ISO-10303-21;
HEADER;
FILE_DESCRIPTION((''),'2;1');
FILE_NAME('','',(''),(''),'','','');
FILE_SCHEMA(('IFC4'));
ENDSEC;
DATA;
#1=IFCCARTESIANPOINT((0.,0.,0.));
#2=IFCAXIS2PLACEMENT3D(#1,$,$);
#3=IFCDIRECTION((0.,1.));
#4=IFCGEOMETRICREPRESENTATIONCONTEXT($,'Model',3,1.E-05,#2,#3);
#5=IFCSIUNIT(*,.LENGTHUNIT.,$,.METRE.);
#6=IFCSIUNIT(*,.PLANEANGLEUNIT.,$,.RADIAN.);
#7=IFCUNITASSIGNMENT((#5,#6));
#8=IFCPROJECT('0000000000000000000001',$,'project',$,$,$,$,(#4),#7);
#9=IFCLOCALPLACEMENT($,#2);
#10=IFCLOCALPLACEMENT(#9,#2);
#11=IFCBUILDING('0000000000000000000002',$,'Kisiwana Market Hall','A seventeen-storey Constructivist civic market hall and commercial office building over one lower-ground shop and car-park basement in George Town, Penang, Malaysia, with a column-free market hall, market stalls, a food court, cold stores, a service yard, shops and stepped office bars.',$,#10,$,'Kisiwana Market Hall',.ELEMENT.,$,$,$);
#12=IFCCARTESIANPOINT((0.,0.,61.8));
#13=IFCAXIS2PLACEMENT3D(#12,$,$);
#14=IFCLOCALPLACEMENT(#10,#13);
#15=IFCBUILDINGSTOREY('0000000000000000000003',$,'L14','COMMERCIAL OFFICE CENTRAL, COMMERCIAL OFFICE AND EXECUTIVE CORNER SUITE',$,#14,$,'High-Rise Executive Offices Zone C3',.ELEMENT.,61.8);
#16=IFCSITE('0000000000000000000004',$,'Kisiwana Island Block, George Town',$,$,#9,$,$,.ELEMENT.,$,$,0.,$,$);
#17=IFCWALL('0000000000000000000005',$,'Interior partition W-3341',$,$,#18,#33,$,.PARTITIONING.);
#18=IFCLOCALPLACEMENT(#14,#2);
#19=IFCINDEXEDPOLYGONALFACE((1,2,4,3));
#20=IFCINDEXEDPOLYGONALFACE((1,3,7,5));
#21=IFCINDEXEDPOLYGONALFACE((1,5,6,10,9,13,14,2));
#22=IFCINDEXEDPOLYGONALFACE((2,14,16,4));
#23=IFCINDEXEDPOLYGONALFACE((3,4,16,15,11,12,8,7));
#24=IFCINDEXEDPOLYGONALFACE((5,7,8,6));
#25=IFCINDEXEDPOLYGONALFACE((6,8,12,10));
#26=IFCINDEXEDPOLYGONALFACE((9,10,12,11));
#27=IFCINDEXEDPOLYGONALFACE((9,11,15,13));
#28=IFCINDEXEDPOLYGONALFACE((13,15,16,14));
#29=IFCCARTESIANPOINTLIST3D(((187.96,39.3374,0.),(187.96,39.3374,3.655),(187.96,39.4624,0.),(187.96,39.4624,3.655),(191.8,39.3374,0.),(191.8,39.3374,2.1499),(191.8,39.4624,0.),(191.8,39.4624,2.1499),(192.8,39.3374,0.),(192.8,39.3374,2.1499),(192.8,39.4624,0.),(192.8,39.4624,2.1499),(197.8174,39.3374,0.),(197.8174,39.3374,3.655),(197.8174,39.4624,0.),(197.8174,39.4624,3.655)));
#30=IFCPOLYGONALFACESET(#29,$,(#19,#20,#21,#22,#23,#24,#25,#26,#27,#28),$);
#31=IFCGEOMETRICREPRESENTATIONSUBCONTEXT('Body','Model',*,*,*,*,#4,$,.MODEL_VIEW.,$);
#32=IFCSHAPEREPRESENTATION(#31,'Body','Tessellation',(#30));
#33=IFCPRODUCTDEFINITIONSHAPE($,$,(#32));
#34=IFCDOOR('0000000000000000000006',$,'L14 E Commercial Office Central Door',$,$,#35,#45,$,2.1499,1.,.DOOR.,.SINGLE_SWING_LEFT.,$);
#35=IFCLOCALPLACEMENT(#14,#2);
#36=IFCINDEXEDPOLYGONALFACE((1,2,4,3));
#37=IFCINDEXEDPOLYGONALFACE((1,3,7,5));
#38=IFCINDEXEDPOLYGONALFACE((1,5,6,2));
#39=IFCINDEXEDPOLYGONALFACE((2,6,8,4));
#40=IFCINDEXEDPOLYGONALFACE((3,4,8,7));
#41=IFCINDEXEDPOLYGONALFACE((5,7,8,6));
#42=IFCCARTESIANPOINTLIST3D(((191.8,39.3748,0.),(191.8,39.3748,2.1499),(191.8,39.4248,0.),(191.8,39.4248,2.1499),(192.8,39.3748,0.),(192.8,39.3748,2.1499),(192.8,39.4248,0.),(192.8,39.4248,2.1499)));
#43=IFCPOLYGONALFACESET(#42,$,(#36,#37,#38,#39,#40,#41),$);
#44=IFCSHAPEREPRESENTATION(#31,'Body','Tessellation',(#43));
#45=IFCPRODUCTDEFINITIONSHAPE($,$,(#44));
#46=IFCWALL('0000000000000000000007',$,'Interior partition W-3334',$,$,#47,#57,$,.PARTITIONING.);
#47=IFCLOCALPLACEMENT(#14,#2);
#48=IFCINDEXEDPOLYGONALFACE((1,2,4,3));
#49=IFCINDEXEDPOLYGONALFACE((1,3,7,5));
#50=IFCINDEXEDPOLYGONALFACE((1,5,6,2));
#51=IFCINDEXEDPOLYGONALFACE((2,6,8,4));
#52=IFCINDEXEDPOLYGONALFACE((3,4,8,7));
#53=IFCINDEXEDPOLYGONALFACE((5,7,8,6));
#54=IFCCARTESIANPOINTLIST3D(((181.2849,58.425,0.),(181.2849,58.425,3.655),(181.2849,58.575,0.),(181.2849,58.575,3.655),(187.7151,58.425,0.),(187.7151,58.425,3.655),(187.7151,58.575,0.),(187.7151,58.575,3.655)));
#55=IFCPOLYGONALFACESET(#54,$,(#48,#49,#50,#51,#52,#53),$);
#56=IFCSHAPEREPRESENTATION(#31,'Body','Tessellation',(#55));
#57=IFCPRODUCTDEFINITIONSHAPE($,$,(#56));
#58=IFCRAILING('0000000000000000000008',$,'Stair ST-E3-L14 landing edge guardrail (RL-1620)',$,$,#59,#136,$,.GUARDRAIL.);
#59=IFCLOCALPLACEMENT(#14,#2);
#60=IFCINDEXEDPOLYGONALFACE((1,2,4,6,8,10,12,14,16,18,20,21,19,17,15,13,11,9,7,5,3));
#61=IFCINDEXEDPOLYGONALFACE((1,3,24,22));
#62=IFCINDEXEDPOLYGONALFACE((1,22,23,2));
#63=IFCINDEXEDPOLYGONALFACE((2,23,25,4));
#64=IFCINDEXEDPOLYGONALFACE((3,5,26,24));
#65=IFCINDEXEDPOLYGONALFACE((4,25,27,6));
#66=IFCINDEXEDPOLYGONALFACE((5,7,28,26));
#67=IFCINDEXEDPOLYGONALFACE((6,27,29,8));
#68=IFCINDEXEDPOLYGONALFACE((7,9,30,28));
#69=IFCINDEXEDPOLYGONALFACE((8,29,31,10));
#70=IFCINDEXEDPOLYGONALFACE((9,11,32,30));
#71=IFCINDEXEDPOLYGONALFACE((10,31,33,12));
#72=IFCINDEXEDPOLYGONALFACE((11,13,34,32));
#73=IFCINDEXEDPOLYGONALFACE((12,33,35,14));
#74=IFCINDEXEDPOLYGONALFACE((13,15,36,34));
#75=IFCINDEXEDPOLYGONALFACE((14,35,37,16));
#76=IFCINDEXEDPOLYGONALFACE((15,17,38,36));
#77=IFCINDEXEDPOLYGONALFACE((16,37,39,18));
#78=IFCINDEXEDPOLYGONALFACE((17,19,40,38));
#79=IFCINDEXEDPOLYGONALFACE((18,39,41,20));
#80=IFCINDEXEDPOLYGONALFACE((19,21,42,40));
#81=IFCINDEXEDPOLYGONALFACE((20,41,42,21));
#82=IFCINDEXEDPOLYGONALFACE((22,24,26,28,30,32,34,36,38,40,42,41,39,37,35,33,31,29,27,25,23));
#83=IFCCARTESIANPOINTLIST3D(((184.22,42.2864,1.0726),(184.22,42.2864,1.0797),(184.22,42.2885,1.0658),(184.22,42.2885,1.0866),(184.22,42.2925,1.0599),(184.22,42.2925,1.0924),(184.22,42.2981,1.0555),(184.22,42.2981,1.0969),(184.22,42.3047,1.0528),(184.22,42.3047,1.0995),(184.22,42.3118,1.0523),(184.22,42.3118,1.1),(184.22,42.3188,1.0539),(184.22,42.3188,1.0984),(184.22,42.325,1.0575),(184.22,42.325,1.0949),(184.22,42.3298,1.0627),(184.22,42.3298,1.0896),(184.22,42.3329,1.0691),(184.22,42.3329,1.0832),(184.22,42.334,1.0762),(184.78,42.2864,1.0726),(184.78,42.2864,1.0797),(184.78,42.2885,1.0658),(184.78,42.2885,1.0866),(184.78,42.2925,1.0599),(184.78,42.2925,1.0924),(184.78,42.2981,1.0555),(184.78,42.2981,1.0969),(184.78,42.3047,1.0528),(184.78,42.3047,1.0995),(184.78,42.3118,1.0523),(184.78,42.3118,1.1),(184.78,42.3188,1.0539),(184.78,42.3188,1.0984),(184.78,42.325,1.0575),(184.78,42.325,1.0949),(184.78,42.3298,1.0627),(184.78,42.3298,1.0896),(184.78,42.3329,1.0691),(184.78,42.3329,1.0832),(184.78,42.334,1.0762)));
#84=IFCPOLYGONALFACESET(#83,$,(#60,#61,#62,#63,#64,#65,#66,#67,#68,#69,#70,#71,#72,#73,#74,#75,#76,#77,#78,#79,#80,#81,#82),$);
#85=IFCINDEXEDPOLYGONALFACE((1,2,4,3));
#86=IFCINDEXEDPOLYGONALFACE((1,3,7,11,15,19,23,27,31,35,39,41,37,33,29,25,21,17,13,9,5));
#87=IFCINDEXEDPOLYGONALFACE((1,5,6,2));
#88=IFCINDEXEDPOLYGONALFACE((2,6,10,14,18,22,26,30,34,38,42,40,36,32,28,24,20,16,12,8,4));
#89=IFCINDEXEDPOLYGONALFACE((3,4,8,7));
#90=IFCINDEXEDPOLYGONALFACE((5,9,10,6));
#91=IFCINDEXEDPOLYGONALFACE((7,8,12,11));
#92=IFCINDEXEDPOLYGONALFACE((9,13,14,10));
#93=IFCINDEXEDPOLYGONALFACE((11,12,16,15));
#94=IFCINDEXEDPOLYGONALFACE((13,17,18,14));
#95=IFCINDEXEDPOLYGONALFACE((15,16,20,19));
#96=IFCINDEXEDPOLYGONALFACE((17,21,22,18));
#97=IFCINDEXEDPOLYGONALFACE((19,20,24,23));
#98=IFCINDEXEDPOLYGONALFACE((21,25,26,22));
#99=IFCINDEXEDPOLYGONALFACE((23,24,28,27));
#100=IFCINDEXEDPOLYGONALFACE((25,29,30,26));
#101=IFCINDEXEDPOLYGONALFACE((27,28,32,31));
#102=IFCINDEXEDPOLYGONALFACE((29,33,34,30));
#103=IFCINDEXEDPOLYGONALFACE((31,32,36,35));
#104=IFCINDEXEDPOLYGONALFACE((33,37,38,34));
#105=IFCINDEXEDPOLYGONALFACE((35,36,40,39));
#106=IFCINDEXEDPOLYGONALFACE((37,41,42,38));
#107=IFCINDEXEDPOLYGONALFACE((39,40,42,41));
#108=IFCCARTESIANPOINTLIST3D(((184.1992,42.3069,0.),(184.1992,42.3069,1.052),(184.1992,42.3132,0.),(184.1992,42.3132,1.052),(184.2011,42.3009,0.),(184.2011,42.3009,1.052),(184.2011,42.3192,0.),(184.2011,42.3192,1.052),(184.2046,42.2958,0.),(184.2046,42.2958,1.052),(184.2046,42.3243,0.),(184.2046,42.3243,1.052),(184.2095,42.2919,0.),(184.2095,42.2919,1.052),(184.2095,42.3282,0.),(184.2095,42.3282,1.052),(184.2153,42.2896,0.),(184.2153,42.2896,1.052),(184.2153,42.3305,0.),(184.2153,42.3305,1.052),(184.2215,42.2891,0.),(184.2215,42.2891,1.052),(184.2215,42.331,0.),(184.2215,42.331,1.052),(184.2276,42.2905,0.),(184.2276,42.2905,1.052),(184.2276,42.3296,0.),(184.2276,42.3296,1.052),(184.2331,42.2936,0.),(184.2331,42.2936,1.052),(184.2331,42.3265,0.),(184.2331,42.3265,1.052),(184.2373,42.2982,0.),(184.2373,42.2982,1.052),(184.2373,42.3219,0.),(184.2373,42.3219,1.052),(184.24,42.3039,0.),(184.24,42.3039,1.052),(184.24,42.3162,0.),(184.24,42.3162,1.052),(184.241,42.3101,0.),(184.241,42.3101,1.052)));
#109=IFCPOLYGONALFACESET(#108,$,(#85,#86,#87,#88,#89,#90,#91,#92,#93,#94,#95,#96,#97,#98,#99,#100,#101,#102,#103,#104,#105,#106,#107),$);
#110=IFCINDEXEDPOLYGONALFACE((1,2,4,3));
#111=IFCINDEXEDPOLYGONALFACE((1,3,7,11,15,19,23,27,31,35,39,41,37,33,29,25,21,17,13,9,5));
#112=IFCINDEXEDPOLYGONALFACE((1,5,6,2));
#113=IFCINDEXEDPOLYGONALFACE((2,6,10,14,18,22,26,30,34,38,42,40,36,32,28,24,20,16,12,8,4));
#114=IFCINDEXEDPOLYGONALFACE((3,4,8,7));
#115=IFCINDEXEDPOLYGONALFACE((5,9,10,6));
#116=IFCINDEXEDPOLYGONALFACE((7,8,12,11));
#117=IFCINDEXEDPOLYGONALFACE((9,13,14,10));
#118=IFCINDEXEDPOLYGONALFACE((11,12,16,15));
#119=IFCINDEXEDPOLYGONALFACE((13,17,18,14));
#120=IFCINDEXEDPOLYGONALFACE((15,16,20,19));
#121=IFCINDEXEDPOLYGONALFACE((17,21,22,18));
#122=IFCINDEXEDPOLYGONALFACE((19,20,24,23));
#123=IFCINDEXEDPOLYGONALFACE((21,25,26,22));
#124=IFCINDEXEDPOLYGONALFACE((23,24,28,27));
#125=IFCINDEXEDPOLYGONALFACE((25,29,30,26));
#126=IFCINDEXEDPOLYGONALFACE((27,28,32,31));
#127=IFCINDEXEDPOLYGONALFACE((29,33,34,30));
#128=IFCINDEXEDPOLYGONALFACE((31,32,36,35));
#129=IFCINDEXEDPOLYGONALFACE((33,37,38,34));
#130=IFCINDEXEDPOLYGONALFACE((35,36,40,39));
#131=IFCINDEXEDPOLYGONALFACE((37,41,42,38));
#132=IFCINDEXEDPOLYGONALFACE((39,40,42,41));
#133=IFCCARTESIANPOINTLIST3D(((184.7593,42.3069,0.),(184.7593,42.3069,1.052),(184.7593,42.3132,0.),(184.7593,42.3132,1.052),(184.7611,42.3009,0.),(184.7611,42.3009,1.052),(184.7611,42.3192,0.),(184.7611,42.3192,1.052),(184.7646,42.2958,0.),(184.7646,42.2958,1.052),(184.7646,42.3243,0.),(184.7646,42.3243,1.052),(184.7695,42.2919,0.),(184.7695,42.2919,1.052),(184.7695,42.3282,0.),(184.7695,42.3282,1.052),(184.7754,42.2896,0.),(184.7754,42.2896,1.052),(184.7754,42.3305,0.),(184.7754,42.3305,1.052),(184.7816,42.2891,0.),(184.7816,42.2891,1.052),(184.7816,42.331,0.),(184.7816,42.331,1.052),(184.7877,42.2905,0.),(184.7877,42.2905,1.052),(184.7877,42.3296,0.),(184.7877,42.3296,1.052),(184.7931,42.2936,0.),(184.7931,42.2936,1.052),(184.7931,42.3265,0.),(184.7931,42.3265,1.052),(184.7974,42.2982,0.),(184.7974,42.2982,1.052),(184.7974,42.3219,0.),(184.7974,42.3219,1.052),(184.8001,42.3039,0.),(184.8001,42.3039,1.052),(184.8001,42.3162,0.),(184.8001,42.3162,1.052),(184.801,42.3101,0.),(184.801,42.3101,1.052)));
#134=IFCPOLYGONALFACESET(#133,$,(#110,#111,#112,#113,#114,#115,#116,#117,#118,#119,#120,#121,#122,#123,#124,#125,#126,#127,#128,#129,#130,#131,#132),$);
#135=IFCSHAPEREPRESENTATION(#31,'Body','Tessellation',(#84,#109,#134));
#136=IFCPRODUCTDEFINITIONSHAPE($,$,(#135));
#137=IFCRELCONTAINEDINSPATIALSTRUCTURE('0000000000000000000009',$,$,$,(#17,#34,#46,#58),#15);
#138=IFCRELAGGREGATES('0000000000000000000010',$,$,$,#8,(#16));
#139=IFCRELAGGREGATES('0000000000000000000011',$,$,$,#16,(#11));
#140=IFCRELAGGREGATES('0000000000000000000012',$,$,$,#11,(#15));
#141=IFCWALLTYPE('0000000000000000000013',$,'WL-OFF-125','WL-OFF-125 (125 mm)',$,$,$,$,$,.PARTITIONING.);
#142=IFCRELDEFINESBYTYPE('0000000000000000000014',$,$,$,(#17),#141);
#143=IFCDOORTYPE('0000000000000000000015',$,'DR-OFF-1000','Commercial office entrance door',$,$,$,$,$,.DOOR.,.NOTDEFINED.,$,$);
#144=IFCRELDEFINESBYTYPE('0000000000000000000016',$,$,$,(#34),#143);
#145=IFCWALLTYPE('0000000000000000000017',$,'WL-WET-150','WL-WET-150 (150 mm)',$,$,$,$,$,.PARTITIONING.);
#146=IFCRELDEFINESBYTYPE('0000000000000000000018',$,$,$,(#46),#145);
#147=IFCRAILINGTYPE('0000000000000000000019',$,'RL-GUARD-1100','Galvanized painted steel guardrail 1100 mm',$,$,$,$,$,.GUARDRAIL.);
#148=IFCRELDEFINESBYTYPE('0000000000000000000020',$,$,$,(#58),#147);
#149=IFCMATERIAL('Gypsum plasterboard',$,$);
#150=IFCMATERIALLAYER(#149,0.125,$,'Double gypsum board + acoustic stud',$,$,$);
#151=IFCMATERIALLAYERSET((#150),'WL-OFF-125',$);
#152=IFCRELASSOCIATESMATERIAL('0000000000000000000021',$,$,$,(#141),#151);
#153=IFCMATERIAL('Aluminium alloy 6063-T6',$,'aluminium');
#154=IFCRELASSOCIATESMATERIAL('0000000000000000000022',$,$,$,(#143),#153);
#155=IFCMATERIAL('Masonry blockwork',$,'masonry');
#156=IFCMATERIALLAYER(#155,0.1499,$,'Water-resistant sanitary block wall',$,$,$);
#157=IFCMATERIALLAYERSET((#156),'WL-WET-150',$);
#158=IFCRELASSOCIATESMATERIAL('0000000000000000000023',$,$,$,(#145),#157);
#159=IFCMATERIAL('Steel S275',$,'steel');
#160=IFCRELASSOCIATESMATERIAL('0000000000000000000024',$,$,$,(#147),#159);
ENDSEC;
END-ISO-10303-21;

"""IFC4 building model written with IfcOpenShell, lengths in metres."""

from ifc_helpers import new_model, si_unit, direction, frame, frame_2d, origin, origin_2d, place, context, subcontext, project, spatial, rectangle, circle, extrude, material, layer, layer_set, type_object, element, fill, save


model = new_model("IFC4")

# Units and contexts
model_context = context("Model", 3, precision=1e-05, world=origin(), true_north=direction((0.0, 1.0)))
body_context = subcontext(model_context, "Body", "Model", "MODEL_VIEW")
ifc_project = project(units=[si_unit("LENGTHUNIT", "METRE"), si_unit("PLANEANGLEUNIT", "RADIAN")], contexts=[model_context])

# Site, building, storey
site_placement = place(None, origin())
site = spatial("IfcSite", under=ifc_project, at=site_placement, Name="Kisiwana Island Block, George Town", CompositionType="ELEMENT", RefElevation=0.0)
building_placement = place(site_placement, origin())
building = spatial("IfcBuilding", under=site, at=building_placement, Name="Kisiwana Market Hall", Description="A seventeen-storey Constructivist civic market hall and commercial office building over one lower-ground shop and car-park basement in George Town, Penang, Malaysia, with a column-free market hall, market stalls, a food court, cold stores, a service yard, shops and stepped office bars.", LongName="Kisiwana Market Hall", CompositionType="ELEMENT")
storey_placement = place(building_placement, frame((0.0, 0.0, 61.8)))
storey = spatial("IfcBuildingStorey", under=building, at=storey_placement, Name="L14", Description="COMMERCIAL OFFICE CENTRAL, COMMERCIAL OFFICE AND EXECUTIVE CORNER SUITE", LongName="High-Rise Executive Offices Zone C3", CompositionType="ELEMENT", Elevation=61.8)

# Wall, opening, door
ifc_material_1 = material(Name="Gypsum plasterboard")
ifc_layer_1 = layer(ifc_material_1, 0.125, Name="Double gypsum board + acoustic stud")
ifc_layer_set_1 = layer_set([ifc_layer_1], Name="WL-OFF-125")
wall_type_1 = type_object("IfcWallType", Name="WL-OFF-125", Description="WL-OFF-125 (125 mm)", PredefinedType="PARTITIONING", material=ifc_layer_set_1)
ifc_material_2 = material(Name="Aluminium alloy 6063-T6", Category="aluminium")
door_type_1 = type_object("IfcDoorType", Name="DR-OFF-1000", Description="Commercial office entrance door", OperationType="NOTDEFINED", PredefinedType="DOOR", material=ifc_material_2)
wall_1_placement = place(storey_placement, frame((187.96, 39.3999, 0.0), z_axis=(0.0, 0.0, 1.0), x_axis=(1.0, 0.0, 0.0)))
wall_1 = element("IfcWall", 1, at=wall_1_placement, inside=storey, type_object=wall_type_1, Name="Interior partition W-3341", PredefinedType="PARTITIONING", context=body_context, shape_type="SweptSolid", body=[
    extrude(rectangle(XDim=9.8574, YDim=0.125, at=frame_2d((4.9287, 0.0))), origin(), (0.0, 0.0, 1.0), 3.655),
])
opening_1_placement = place(wall_1_placement, frame((3.8401, 0.0, 0.0)))
opening_1 = element("IfcOpeningElement", 2, at=opening_1_placement, cuts=wall_1, PredefinedType="OPENING", context=body_context, shape_type="SweptSolid", body=[
    extrude(rectangle(XDim=1.0, YDim=2.1499, at=frame_2d((0.5, 1.075))), frame((0.0, 0.0745, 0.0), z_axis=(0.0, -1.0, 0.0), x_axis=(1.0, 0.0, 0.0)), (0.0, 0.0, 1.0), 0.1489),
])
door_1_placement = place(opening_1_placement, origin())
door_1 = element("IfcDoor", 3, at=door_1_placement, inside=storey, type_object=door_type_1, Name="L14 E Commercial Office Central Door", OperationType="SINGLE_SWING_LEFT", OverallHeight=2.1499, OverallWidth=1.0, PredefinedType="DOOR", context=body_context, shape_type="SweptSolid", body=[
    extrude(rectangle(XDim=1.0, YDim=2.1499, at=frame_2d((0.5, 1.075))), frame((0.0, 0.0249, 0.0), z_axis=(0.0, -1.0, 0.0), x_axis=(1.0, 0.0, 0.0)), (0.0, 0.0, 1.0), 0.05),
])
fill(opening_1, door_1)

# Wall
ifc_material_3 = material(Name="Masonry blockwork", Category="masonry")
ifc_layer_2 = layer(ifc_material_3, 0.1499, Name="Water-resistant sanitary block wall")
ifc_layer_set_2 = layer_set([ifc_layer_2], Name="WL-WET-150")
wall_type_2 = type_object("IfcWallType", Name="WL-WET-150", Description="WL-WET-150 (150 mm)", PredefinedType="PARTITIONING", material=ifc_layer_set_2)
wall_2_placement = place(storey_placement, frame((181.2849, 58.5, 0.0), z_axis=(0.0, 0.0, 1.0), x_axis=(1.0, 0.0, 0.0)))
element("IfcWall", 4, at=wall_2_placement, inside=storey, type_object=wall_type_2, Name="Interior partition W-3334", PredefinedType="PARTITIONING", context=body_context, shape_type="SweptSolid", body=[
    extrude(rectangle(XDim=6.4302, YDim=0.1499, at=frame_2d((3.2151, 0.0))), origin(), (0.0, 0.0, 1.0), 3.655),
])

# Railing
ifc_material_4 = material(Name="Steel S275", Category="steel")
railing_type_1 = type_object("IfcRailingType", Name="RL-GUARD-1100", Description="Galvanized painted steel guardrail 1100 mm", PredefinedType="GUARDRAIL", material=ifc_material_4)
railing_1_placement = place(storey_placement, frame((184.22, 42.3101, 0.0)))
element("IfcRailing", 5, at=railing_1_placement, inside=storey, type_object=railing_type_1, Name="Stair ST-E3-L14 landing edge guardrail (RL-1620)", PredefinedType="GUARDRAIL", context=body_context, shape_type="SweptSolid", body=[
    extrude(circle(Radius=0.0239, at=origin_2d()), frame((0.0, 0.0, 1.0762), z_axis=(1.0, 0.0, 0.0), x_axis=(0.0, 1.0, 0.0)), (0.0, 0.0, 1.0), 0.5601),
    extrude(circle(Radius=0.021, at=origin_2d()), origin(), (0.0, 0.0, 1.0), 1.052),
    extrude(circle(Radius=0.021, at=origin_2d()), frame((0.5601, 0.0, 0.0)), (0.0, 0.0, 1.0), 1.052),
])

save(model, "model.ifc")
